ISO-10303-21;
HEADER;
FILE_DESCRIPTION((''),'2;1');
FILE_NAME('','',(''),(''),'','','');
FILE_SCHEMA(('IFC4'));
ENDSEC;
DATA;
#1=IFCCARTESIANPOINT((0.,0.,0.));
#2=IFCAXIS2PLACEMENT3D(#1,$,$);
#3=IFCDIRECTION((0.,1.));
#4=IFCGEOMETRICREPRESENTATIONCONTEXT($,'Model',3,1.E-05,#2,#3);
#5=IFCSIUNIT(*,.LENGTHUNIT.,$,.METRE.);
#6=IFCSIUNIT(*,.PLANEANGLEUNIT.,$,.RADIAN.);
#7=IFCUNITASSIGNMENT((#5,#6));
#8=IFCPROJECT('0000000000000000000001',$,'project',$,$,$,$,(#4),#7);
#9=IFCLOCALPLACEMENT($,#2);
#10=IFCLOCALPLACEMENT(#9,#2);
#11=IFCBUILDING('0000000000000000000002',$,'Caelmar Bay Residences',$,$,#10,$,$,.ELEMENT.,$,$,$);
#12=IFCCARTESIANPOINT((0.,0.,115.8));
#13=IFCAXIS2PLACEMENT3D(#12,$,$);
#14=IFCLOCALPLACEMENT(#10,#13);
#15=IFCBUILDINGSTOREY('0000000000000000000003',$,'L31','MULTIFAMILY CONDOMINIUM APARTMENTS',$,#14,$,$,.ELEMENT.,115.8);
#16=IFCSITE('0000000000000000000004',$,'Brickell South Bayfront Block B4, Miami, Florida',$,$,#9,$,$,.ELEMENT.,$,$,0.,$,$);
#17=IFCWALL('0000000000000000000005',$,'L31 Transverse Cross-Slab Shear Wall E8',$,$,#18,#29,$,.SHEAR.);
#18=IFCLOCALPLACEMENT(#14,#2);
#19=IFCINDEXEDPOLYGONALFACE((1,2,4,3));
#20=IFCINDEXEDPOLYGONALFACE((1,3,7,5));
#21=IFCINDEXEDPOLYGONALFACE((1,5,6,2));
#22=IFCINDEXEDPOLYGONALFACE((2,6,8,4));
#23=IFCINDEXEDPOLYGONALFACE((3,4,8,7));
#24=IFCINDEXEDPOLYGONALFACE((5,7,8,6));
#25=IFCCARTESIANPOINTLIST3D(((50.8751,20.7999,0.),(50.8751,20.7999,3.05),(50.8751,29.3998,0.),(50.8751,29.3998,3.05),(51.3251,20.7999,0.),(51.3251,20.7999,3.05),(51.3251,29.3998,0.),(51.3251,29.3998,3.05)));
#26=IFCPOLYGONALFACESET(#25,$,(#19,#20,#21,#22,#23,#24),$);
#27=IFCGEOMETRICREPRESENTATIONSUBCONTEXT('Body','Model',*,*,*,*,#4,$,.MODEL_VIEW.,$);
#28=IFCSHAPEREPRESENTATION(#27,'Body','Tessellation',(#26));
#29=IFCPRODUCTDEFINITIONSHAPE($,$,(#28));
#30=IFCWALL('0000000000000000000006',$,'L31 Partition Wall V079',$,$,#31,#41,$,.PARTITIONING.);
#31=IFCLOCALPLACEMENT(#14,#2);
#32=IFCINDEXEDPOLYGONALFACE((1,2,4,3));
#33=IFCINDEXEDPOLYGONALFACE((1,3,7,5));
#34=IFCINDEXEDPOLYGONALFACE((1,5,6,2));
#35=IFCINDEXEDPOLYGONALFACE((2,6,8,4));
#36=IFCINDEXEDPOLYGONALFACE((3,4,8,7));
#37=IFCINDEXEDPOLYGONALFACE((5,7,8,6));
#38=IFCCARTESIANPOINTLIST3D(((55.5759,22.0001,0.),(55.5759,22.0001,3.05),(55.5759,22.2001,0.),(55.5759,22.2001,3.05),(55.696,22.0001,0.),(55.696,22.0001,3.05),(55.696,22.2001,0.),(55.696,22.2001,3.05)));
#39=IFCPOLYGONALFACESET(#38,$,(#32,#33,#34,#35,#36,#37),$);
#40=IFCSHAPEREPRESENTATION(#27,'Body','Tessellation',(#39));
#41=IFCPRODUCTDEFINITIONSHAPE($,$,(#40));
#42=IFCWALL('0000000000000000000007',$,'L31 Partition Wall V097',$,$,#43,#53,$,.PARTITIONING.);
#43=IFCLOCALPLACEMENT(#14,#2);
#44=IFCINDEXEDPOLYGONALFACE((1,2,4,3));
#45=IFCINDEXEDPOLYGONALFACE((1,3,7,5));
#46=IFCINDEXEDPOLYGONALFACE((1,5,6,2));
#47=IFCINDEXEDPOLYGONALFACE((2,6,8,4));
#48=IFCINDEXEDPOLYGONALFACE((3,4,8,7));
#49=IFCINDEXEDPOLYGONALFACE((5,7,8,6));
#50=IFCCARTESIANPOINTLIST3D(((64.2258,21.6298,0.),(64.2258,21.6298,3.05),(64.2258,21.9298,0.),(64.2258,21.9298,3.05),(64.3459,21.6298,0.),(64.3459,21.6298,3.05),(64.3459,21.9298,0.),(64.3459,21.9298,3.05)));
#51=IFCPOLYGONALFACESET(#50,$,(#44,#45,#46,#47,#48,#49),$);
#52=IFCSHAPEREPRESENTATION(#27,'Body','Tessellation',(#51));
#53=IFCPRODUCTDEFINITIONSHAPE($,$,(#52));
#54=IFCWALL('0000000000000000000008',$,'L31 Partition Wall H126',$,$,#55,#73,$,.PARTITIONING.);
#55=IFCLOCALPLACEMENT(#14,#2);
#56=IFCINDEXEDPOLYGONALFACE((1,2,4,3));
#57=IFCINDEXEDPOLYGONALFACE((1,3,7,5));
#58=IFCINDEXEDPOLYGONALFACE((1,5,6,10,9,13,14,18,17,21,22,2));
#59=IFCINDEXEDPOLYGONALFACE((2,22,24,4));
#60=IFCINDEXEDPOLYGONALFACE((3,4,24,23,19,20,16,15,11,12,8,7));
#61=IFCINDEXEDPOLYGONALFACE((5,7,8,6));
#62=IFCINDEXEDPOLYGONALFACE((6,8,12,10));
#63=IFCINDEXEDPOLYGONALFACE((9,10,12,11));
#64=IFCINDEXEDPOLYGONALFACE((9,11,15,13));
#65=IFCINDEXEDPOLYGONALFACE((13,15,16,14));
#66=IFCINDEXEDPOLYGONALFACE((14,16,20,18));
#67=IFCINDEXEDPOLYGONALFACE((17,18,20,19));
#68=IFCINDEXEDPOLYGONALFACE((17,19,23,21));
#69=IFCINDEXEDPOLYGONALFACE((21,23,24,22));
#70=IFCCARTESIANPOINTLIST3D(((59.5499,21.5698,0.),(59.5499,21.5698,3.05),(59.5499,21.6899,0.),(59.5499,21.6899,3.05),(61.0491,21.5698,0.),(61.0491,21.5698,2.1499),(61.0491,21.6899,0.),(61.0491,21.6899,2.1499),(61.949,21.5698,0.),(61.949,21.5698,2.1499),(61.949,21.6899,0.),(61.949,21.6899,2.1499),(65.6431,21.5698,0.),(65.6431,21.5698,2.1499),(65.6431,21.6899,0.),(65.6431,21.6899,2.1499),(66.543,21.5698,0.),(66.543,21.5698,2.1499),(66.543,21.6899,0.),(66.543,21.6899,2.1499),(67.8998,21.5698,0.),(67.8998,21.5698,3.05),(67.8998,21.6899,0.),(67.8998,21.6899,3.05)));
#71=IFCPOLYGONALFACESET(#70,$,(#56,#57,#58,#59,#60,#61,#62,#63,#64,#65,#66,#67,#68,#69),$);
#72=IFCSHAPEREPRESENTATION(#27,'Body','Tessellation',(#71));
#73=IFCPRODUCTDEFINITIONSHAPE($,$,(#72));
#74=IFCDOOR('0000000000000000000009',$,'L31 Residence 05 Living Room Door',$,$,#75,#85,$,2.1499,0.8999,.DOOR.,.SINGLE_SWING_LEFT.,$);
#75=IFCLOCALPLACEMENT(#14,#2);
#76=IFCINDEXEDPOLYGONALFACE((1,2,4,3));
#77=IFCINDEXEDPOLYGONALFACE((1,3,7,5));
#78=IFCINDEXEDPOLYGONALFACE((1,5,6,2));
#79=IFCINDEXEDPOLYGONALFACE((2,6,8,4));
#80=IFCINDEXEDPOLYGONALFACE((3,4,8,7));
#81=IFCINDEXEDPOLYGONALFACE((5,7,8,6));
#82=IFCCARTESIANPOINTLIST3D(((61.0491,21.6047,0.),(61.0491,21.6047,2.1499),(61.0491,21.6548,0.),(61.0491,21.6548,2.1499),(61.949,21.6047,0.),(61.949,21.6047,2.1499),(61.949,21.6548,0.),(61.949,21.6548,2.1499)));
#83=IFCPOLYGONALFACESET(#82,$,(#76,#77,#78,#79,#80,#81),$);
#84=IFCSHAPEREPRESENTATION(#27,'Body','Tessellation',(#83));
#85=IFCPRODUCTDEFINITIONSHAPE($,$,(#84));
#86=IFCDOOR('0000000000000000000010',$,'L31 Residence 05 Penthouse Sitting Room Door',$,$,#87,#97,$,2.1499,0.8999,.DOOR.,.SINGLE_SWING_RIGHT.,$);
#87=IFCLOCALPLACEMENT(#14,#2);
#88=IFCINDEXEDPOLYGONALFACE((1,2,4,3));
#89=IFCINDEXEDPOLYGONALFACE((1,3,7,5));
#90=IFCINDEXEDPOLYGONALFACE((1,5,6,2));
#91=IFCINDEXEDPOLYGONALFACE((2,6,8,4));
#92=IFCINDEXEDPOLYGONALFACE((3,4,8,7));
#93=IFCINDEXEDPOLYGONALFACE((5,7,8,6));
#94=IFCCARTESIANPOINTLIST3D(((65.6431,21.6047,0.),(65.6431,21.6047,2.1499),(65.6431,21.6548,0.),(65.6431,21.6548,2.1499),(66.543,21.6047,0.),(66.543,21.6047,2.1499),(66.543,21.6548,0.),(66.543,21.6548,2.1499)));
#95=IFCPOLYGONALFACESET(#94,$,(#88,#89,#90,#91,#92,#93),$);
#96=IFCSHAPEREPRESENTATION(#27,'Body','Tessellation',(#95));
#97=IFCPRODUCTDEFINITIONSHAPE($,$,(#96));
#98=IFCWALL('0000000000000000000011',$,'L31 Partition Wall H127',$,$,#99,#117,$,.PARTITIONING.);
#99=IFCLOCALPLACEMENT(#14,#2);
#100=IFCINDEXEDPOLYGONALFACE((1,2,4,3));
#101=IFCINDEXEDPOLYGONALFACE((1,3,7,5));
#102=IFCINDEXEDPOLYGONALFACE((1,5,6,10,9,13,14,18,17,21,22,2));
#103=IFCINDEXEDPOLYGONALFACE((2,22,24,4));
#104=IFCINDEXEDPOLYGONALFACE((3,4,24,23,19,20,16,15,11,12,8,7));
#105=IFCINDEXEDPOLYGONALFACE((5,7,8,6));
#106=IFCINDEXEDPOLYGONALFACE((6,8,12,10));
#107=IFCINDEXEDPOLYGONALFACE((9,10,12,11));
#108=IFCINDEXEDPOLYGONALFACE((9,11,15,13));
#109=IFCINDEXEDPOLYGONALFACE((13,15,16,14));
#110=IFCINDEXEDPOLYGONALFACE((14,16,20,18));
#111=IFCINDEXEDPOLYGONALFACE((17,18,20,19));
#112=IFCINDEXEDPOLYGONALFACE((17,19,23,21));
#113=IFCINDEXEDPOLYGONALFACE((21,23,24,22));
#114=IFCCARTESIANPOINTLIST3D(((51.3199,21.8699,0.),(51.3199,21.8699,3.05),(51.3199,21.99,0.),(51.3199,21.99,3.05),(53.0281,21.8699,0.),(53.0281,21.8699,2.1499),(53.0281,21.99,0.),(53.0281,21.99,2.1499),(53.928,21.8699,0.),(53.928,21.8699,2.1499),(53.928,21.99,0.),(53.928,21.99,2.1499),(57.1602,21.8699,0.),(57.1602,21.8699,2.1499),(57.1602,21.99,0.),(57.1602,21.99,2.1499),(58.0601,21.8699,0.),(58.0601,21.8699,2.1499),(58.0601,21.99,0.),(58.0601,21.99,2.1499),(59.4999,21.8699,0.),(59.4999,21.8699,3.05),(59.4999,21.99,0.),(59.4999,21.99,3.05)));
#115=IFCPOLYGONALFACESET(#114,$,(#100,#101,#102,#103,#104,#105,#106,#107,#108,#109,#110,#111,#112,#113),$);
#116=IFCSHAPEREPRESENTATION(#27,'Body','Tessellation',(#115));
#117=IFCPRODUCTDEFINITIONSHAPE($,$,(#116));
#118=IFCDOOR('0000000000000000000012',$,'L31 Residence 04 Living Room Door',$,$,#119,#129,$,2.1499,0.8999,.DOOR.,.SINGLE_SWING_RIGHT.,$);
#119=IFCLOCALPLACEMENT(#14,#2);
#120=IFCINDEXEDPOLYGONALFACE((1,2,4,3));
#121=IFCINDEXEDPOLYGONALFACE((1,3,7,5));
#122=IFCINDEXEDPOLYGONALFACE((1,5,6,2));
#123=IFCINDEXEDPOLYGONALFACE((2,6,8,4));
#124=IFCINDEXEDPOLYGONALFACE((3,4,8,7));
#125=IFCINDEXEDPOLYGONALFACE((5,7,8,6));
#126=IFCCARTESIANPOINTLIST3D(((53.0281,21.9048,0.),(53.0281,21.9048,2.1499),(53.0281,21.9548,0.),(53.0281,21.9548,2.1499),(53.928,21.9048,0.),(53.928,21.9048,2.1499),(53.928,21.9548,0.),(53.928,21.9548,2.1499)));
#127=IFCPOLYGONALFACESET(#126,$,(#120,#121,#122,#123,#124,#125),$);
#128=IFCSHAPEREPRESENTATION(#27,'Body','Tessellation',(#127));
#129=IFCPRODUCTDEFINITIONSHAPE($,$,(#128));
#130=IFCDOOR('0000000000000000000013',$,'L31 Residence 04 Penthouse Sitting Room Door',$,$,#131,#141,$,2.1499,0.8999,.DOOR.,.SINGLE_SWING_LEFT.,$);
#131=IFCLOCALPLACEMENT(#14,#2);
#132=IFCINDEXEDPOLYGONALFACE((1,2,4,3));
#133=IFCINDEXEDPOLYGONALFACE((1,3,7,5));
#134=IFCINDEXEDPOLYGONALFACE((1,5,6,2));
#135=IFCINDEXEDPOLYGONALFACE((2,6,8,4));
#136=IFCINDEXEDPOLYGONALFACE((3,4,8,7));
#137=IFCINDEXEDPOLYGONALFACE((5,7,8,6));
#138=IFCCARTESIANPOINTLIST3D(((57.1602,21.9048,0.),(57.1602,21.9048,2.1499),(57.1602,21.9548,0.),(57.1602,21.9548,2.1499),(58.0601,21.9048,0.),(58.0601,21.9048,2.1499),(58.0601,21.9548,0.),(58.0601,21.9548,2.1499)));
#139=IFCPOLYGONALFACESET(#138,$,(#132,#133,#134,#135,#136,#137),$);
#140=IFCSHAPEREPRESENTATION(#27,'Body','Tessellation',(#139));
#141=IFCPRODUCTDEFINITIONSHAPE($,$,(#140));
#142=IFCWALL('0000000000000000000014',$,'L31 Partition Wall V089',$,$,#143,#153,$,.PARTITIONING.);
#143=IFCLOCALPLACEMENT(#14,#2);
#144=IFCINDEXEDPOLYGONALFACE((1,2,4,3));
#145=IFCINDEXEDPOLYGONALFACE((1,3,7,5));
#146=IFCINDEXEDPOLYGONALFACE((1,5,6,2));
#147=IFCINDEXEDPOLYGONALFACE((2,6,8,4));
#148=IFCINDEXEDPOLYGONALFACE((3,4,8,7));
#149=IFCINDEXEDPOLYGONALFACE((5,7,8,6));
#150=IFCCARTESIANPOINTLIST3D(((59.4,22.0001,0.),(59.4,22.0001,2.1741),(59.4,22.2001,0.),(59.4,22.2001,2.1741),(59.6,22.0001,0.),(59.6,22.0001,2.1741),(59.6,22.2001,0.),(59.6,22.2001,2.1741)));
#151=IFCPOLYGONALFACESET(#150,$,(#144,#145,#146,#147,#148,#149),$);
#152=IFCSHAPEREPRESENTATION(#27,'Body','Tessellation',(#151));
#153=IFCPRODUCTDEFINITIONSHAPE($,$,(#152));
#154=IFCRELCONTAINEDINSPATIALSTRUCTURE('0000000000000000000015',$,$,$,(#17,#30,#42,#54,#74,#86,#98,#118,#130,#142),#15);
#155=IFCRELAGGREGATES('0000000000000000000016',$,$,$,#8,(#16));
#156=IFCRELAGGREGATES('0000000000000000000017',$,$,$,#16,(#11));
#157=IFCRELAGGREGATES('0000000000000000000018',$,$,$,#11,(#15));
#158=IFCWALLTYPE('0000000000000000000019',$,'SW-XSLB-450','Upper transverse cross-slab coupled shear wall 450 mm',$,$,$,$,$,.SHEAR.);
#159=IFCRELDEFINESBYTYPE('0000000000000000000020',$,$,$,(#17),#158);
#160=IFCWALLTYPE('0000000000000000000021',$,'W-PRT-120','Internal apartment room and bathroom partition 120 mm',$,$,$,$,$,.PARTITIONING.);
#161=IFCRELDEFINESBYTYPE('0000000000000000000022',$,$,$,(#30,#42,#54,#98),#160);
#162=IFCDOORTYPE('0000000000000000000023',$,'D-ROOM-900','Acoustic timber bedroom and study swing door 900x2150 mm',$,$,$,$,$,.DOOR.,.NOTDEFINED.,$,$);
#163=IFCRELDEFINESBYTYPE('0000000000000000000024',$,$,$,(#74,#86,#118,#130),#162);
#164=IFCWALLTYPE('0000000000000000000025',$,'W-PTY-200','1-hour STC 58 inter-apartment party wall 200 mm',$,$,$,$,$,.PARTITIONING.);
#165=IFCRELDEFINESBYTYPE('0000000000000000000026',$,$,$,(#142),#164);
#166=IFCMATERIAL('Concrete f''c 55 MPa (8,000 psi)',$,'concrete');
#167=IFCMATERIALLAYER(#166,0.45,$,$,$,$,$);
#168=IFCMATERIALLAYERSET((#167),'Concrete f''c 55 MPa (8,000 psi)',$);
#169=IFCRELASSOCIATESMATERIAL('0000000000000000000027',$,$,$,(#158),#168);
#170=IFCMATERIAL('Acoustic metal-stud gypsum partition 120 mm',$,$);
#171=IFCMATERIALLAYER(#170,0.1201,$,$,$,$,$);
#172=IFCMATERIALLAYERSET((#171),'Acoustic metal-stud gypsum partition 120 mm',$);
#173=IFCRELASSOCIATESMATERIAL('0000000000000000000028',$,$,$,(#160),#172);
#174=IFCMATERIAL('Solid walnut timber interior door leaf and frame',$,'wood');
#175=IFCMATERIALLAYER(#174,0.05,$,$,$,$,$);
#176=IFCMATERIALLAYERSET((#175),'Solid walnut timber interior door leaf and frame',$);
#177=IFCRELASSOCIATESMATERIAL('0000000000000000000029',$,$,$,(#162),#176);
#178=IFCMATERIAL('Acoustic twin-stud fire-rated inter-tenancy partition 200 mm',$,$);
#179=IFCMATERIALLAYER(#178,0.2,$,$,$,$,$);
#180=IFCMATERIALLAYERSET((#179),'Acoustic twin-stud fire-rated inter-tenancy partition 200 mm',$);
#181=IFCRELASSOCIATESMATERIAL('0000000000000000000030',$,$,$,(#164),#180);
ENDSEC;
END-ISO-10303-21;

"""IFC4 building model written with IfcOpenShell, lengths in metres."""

from ifc_helpers import new_model, si_unit, direction, frame, frame_2d, origin, place, context, subcontext, project, spatial, rectangle, extrude, material, layer, layer_set, type_object, element, fill, save


model = new_model("IFC4")

# Units and contexts
model_context = context("Model", 3, precision=1e-05, world=origin(), true_north=direction((0.0, 1.0)))
body_context = subcontext(model_context, "Body", "Model", "MODEL_VIEW")
ifc_project = project(units=[si_unit("LENGTHUNIT", "METRE"), si_unit("PLANEANGLEUNIT", "RADIAN")], contexts=[model_context])

# Site, building, storey
site_placement = place(None, origin())
site = spatial("IfcSite", under=ifc_project, at=site_placement, Name="Brickell South Bayfront Block B4, Miami, Florida", CompositionType="ELEMENT", RefElevation=0.0)
building_placement = place(site_placement, origin())
building = spatial("IfcBuilding", under=site, at=building_placement, Name="Caelmar Bay Residences", CompositionType="ELEMENT")
storey_placement = place(building_placement, frame((0.0, 0.0, 115.8)))
storey = spatial("IfcBuildingStorey", under=building, at=storey_placement, Name="L31", Description="MULTIFAMILY CONDOMINIUM APARTMENTS", CompositionType="ELEMENT", Elevation=115.8)

# Walls
ifc_material_1 = material(Name="Concrete f'c 55 MPa (8,000 psi)", Category="concrete")
ifc_layer_1 = layer(ifc_material_1, 0.45)
ifc_layer_set_1 = layer_set([ifc_layer_1], Name="Concrete f'c 55 MPa (8,000 psi)")
wall_type_1 = type_object("IfcWallType", Name="SW-XSLB-450", Description="Upper transverse cross-slab coupled shear wall 450 mm", PredefinedType="SHEAR", material=ifc_layer_set_1)
wall_1_placement = place(storey_placement, frame((51.1001, 20.8, 0.0), z_axis=(0.0, 0.0, 1.0), x_axis=(0.0, 1.0, 0.0)))
element("IfcWall", 1, at=wall_1_placement, inside=storey, type_object=wall_type_1, Name="L31 Transverse Cross-Slab Shear Wall E8", PredefinedType="SHEAR", context=body_context, shape_type="SweptSolid", body=[
    extrude(rectangle(XDim=8.5999, YDim=0.45, at=frame_2d((4.2998, 0.0))), origin(), (0.0, 0.0, 1.0), 3.05),
])
ifc_material_2 = material(Name="Acoustic metal-stud gypsum partition 120 mm")
ifc_layer_2 = layer(ifc_material_2, 0.1201)
ifc_layer_set_2 = layer_set([ifc_layer_2], Name="Acoustic metal-stud gypsum partition 120 mm")
wall_type_2 = type_object("IfcWallType", Name="W-PRT-120", Description="Internal apartment room and bathroom partition 120 mm", PredefinedType="PARTITIONING", material=ifc_layer_set_2)
wall_2_placement = place(storey_placement, frame((55.636, 22.0, 0.0), z_axis=(0.0, 0.0, 1.0), x_axis=(0.0, 1.0, 0.0)))
element("IfcWall", 2, at=wall_2_placement, inside=storey, type_object=wall_type_2, Name="L31 Partition Wall V079", PredefinedType="PARTITIONING", context=body_context, shape_type="SweptSolid", body=[
    extrude(rectangle(XDim=0.2, YDim=0.1201, at=frame_2d((0.1001, 0.0))), origin(), (0.0, 0.0, 1.0), 3.05),
])
wall_3_placement = place(storey_placement, frame((64.2859, 21.6299, 0.0), z_axis=(0.0, 0.0, 1.0), x_axis=(0.0, 1.0, 0.0)))
element("IfcWall", 3, at=wall_3_placement, inside=storey, type_object=wall_type_2, Name="L31 Partition Wall V097", PredefinedType="PARTITIONING", context=body_context, shape_type="SweptSolid", body=[
    extrude(rectangle(XDim=0.3, YDim=0.1201, at=frame_2d((0.1499, 0.0))), origin(), (0.0, 0.0, 1.0), 3.05),
])

# Walls, openings, doors
wall_4_placement = place(storey_placement, frame((59.55, 21.6299, 0.0), z_axis=(0.0, 0.0, 1.0), x_axis=(1.0, 0.0, 0.0)))
wall_4 = element("IfcWall", 4, at=wall_4_placement, inside=storey, type_object=wall_type_2, Name="L31 Partition Wall H126", PredefinedType="PARTITIONING", context=body_context, shape_type="SweptSolid", body=[
    extrude(rectangle(XDim=8.3499, YDim=0.1201, at=frame_2d((4.1748, 0.0))), origin(), (0.0, 0.0, 1.0), 3.05),
])
opening_1_placement = place(wall_4_placement, frame((1.499, 0.0, 0.0)))
opening_1 = element("IfcOpeningElement", 5, at=opening_1_placement, cuts=wall_4, PredefinedType="OPENING", context=body_context, shape_type="SweptSolid", body=[
    extrude(rectangle(XDim=0.8999, YDim=2.1499, at=frame_2d((0.45, 1.075))), frame((0.0, 0.0701, 0.0), z_axis=(0.0, -1.0, 0.0), x_axis=(1.0, 0.0, 0.0)), (0.0, 0.0, 1.0), 0.1401),
])
opening_2_placement = place(wall_4_placement, frame((6.093, 0.0, 0.0)))
opening_2 = element("IfcOpeningElement", 6, at=opening_2_placement, cuts=wall_4, PredefinedType="OPENING", context=body_context, shape_type="SweptSolid", body=[
    extrude(rectangle(XDim=0.8999, YDim=2.1499, at=frame_2d((0.45, 1.075))), frame((0.0, 0.0701, 0.0), z_axis=(0.0, -1.0, 0.0), x_axis=(1.0, 0.0, 0.0)), (0.0, 0.0, 1.0), 0.1401),
])
ifc_material_3 = material(Name="Solid walnut timber interior door leaf and frame", Category="wood")
ifc_layer_3 = layer(ifc_material_3, 0.05)
ifc_layer_set_3 = layer_set([ifc_layer_3], Name="Solid walnut timber interior door leaf and frame")
door_type = type_object("IfcDoorType", Name="D-ROOM-900", Description="Acoustic timber bedroom and study swing door 900x2150 mm", OperationType="NOTDEFINED", PredefinedType="DOOR", material=ifc_layer_set_3)
door_1_placement = place(opening_1_placement, origin())
door_1 = element("IfcDoor", 7, at=door_1_placement, inside=storey, type_object=door_type, Name="L31 Residence 05 Living Room Door", OperationType="SINGLE_SWING_LEFT", OverallHeight=2.1499, OverallWidth=0.8999, PredefinedType="DOOR", context=body_context, shape_type="SweptSolid", body=[
    extrude(rectangle(XDim=0.8999, YDim=2.1499, at=frame_2d((0.45, 1.075))), frame((0.0, 0.0249, 0.0), z_axis=(0.0, -1.0, 0.0), x_axis=(1.0, 0.0, 0.0)), (0.0, 0.0, 1.0), 0.05),
])
fill(opening_1, door_1)
door_2_placement = place(opening_2_placement, origin())
door_2 = element("IfcDoor", 8, at=door_2_placement, inside=storey, type_object=door_type, Name="L31 Residence 05 Penthouse Sitting Room Door", OperationType="SINGLE_SWING_RIGHT", OverallHeight=2.1499, OverallWidth=0.8999, PredefinedType="DOOR", context=body_context, shape_type="SweptSolid", body=[
    extrude(rectangle(XDim=0.8999, YDim=2.1499, at=frame_2d((0.45, 1.075))), frame((0.0, 0.0249, 0.0), z_axis=(0.0, -1.0, 0.0), x_axis=(1.0, 0.0, 0.0)), (0.0, 0.0, 1.0), 0.05),
])
fill(opening_2, door_2)
wall_5_placement = place(storey_placement, frame((51.3201, 21.9299, 0.0), z_axis=(0.0, 0.0, 1.0), x_axis=(1.0, 0.0, 0.0)))
wall_5 = element("IfcWall", 9, at=wall_5_placement, inside=storey, type_object=wall_type_2, Name="L31 Partition Wall H127", PredefinedType="PARTITIONING", context=body_context, shape_type="SweptSolid", body=[
    extrude(rectangle(XDim=8.1799, YDim=0.1201, at=frame_2d((4.0898, 0.0))), origin(), (0.0, 0.0, 1.0), 3.05),
])
opening_3_placement = place(wall_5_placement, frame((1.708, 0.0, 0.0)))
opening_3 = element("IfcOpeningElement", 10, at=opening_3_placement, cuts=wall_5, PredefinedType="OPENING", context=body_context, shape_type="SweptSolid", body=[
    extrude(rectangle(XDim=0.8999, YDim=2.1499, at=frame_2d((0.45, 1.075))), frame((0.0, 0.0701, 0.0), z_axis=(0.0, -1.0, 0.0), x_axis=(1.0, 0.0, 0.0)), (0.0, 0.0, 1.0), 0.1401),
])
opening_4_placement = place(wall_5_placement, frame((5.8401, 0.0, 0.0)))
opening_4 = element("IfcOpeningElement", 11, at=opening_4_placement, cuts=wall_5, PredefinedType="OPENING", context=body_context, shape_type="SweptSolid", body=[
    extrude(rectangle(XDim=0.8999, YDim=2.1499, at=frame_2d((0.45, 1.075))), frame((0.0, 0.0701, 0.0), z_axis=(0.0, -1.0, 0.0), x_axis=(1.0, 0.0, 0.0)), (0.0, 0.0, 1.0), 0.1401),
])
door_3_placement = place(opening_3_placement, origin())
door_3 = element("IfcDoor", 12, at=door_3_placement, inside=storey, type_object=door_type, Name="L31 Residence 04 Living Room Door", OperationType="SINGLE_SWING_RIGHT", OverallHeight=2.1499, OverallWidth=0.8999, PredefinedType="DOOR", context=body_context, shape_type="SweptSolid", body=[
    extrude(rectangle(XDim=0.8999, YDim=2.1499, at=frame_2d((0.45, 1.075))), frame((0.0, 0.0249, 0.0), z_axis=(0.0, -1.0, 0.0), x_axis=(1.0, 0.0, 0.0)), (0.0, 0.0, 1.0), 0.05),
])
fill(opening_3, door_3)
door_4_placement = place(opening_4_placement, origin())
door_4 = element("IfcDoor", 13, at=door_4_placement, inside=storey, type_object=door_type, Name="L31 Residence 04 Penthouse Sitting Room Door", OperationType="SINGLE_SWING_LEFT", OverallHeight=2.1499, OverallWidth=0.8999, PredefinedType="DOOR", context=body_context, shape_type="SweptSolid", body=[
    extrude(rectangle(XDim=0.8999, YDim=2.1499, at=frame_2d((0.45, 1.075))), frame((0.0, 0.0249, 0.0), z_axis=(0.0, -1.0, 0.0), x_axis=(1.0, 0.0, 0.0)), (0.0, 0.0, 1.0), 0.05),
])
fill(opening_4, door_4)

# Wall
ifc_material_4 = material(Name="Acoustic twin-stud fire-rated inter-tenancy partition 200 mm")
ifc_layer_4 = layer(ifc_material_4, 0.2)
ifc_layer_set_4 = layer_set([ifc_layer_4], Name="Acoustic twin-stud fire-rated inter-tenancy partition 200 mm")
wall_type_3 = type_object("IfcWallType", Name="W-PTY-200", Description="1-hour STC 58 inter-apartment party wall 200 mm", PredefinedType="PARTITIONING", material=ifc_layer_set_4)
wall_6_placement = place(storey_placement, frame((59.5, 22.0, 0.0), z_axis=(0.0, 0.0, 1.0), x_axis=(0.0, 1.0, 0.0)))
element("IfcWall", 14, at=wall_6_placement, inside=storey, type_object=wall_type_3, Name="L31 Partition Wall V089", PredefinedType="PARTITIONING", context=body_context, shape_type="SweptSolid", body=[
    extrude(rectangle(XDim=0.2, YDim=0.2, at=frame_2d((0.1001, 0.0))), origin(), (0.0, 0.0, 1.0), 2.1741),
])

save(model, "model.ifc")
